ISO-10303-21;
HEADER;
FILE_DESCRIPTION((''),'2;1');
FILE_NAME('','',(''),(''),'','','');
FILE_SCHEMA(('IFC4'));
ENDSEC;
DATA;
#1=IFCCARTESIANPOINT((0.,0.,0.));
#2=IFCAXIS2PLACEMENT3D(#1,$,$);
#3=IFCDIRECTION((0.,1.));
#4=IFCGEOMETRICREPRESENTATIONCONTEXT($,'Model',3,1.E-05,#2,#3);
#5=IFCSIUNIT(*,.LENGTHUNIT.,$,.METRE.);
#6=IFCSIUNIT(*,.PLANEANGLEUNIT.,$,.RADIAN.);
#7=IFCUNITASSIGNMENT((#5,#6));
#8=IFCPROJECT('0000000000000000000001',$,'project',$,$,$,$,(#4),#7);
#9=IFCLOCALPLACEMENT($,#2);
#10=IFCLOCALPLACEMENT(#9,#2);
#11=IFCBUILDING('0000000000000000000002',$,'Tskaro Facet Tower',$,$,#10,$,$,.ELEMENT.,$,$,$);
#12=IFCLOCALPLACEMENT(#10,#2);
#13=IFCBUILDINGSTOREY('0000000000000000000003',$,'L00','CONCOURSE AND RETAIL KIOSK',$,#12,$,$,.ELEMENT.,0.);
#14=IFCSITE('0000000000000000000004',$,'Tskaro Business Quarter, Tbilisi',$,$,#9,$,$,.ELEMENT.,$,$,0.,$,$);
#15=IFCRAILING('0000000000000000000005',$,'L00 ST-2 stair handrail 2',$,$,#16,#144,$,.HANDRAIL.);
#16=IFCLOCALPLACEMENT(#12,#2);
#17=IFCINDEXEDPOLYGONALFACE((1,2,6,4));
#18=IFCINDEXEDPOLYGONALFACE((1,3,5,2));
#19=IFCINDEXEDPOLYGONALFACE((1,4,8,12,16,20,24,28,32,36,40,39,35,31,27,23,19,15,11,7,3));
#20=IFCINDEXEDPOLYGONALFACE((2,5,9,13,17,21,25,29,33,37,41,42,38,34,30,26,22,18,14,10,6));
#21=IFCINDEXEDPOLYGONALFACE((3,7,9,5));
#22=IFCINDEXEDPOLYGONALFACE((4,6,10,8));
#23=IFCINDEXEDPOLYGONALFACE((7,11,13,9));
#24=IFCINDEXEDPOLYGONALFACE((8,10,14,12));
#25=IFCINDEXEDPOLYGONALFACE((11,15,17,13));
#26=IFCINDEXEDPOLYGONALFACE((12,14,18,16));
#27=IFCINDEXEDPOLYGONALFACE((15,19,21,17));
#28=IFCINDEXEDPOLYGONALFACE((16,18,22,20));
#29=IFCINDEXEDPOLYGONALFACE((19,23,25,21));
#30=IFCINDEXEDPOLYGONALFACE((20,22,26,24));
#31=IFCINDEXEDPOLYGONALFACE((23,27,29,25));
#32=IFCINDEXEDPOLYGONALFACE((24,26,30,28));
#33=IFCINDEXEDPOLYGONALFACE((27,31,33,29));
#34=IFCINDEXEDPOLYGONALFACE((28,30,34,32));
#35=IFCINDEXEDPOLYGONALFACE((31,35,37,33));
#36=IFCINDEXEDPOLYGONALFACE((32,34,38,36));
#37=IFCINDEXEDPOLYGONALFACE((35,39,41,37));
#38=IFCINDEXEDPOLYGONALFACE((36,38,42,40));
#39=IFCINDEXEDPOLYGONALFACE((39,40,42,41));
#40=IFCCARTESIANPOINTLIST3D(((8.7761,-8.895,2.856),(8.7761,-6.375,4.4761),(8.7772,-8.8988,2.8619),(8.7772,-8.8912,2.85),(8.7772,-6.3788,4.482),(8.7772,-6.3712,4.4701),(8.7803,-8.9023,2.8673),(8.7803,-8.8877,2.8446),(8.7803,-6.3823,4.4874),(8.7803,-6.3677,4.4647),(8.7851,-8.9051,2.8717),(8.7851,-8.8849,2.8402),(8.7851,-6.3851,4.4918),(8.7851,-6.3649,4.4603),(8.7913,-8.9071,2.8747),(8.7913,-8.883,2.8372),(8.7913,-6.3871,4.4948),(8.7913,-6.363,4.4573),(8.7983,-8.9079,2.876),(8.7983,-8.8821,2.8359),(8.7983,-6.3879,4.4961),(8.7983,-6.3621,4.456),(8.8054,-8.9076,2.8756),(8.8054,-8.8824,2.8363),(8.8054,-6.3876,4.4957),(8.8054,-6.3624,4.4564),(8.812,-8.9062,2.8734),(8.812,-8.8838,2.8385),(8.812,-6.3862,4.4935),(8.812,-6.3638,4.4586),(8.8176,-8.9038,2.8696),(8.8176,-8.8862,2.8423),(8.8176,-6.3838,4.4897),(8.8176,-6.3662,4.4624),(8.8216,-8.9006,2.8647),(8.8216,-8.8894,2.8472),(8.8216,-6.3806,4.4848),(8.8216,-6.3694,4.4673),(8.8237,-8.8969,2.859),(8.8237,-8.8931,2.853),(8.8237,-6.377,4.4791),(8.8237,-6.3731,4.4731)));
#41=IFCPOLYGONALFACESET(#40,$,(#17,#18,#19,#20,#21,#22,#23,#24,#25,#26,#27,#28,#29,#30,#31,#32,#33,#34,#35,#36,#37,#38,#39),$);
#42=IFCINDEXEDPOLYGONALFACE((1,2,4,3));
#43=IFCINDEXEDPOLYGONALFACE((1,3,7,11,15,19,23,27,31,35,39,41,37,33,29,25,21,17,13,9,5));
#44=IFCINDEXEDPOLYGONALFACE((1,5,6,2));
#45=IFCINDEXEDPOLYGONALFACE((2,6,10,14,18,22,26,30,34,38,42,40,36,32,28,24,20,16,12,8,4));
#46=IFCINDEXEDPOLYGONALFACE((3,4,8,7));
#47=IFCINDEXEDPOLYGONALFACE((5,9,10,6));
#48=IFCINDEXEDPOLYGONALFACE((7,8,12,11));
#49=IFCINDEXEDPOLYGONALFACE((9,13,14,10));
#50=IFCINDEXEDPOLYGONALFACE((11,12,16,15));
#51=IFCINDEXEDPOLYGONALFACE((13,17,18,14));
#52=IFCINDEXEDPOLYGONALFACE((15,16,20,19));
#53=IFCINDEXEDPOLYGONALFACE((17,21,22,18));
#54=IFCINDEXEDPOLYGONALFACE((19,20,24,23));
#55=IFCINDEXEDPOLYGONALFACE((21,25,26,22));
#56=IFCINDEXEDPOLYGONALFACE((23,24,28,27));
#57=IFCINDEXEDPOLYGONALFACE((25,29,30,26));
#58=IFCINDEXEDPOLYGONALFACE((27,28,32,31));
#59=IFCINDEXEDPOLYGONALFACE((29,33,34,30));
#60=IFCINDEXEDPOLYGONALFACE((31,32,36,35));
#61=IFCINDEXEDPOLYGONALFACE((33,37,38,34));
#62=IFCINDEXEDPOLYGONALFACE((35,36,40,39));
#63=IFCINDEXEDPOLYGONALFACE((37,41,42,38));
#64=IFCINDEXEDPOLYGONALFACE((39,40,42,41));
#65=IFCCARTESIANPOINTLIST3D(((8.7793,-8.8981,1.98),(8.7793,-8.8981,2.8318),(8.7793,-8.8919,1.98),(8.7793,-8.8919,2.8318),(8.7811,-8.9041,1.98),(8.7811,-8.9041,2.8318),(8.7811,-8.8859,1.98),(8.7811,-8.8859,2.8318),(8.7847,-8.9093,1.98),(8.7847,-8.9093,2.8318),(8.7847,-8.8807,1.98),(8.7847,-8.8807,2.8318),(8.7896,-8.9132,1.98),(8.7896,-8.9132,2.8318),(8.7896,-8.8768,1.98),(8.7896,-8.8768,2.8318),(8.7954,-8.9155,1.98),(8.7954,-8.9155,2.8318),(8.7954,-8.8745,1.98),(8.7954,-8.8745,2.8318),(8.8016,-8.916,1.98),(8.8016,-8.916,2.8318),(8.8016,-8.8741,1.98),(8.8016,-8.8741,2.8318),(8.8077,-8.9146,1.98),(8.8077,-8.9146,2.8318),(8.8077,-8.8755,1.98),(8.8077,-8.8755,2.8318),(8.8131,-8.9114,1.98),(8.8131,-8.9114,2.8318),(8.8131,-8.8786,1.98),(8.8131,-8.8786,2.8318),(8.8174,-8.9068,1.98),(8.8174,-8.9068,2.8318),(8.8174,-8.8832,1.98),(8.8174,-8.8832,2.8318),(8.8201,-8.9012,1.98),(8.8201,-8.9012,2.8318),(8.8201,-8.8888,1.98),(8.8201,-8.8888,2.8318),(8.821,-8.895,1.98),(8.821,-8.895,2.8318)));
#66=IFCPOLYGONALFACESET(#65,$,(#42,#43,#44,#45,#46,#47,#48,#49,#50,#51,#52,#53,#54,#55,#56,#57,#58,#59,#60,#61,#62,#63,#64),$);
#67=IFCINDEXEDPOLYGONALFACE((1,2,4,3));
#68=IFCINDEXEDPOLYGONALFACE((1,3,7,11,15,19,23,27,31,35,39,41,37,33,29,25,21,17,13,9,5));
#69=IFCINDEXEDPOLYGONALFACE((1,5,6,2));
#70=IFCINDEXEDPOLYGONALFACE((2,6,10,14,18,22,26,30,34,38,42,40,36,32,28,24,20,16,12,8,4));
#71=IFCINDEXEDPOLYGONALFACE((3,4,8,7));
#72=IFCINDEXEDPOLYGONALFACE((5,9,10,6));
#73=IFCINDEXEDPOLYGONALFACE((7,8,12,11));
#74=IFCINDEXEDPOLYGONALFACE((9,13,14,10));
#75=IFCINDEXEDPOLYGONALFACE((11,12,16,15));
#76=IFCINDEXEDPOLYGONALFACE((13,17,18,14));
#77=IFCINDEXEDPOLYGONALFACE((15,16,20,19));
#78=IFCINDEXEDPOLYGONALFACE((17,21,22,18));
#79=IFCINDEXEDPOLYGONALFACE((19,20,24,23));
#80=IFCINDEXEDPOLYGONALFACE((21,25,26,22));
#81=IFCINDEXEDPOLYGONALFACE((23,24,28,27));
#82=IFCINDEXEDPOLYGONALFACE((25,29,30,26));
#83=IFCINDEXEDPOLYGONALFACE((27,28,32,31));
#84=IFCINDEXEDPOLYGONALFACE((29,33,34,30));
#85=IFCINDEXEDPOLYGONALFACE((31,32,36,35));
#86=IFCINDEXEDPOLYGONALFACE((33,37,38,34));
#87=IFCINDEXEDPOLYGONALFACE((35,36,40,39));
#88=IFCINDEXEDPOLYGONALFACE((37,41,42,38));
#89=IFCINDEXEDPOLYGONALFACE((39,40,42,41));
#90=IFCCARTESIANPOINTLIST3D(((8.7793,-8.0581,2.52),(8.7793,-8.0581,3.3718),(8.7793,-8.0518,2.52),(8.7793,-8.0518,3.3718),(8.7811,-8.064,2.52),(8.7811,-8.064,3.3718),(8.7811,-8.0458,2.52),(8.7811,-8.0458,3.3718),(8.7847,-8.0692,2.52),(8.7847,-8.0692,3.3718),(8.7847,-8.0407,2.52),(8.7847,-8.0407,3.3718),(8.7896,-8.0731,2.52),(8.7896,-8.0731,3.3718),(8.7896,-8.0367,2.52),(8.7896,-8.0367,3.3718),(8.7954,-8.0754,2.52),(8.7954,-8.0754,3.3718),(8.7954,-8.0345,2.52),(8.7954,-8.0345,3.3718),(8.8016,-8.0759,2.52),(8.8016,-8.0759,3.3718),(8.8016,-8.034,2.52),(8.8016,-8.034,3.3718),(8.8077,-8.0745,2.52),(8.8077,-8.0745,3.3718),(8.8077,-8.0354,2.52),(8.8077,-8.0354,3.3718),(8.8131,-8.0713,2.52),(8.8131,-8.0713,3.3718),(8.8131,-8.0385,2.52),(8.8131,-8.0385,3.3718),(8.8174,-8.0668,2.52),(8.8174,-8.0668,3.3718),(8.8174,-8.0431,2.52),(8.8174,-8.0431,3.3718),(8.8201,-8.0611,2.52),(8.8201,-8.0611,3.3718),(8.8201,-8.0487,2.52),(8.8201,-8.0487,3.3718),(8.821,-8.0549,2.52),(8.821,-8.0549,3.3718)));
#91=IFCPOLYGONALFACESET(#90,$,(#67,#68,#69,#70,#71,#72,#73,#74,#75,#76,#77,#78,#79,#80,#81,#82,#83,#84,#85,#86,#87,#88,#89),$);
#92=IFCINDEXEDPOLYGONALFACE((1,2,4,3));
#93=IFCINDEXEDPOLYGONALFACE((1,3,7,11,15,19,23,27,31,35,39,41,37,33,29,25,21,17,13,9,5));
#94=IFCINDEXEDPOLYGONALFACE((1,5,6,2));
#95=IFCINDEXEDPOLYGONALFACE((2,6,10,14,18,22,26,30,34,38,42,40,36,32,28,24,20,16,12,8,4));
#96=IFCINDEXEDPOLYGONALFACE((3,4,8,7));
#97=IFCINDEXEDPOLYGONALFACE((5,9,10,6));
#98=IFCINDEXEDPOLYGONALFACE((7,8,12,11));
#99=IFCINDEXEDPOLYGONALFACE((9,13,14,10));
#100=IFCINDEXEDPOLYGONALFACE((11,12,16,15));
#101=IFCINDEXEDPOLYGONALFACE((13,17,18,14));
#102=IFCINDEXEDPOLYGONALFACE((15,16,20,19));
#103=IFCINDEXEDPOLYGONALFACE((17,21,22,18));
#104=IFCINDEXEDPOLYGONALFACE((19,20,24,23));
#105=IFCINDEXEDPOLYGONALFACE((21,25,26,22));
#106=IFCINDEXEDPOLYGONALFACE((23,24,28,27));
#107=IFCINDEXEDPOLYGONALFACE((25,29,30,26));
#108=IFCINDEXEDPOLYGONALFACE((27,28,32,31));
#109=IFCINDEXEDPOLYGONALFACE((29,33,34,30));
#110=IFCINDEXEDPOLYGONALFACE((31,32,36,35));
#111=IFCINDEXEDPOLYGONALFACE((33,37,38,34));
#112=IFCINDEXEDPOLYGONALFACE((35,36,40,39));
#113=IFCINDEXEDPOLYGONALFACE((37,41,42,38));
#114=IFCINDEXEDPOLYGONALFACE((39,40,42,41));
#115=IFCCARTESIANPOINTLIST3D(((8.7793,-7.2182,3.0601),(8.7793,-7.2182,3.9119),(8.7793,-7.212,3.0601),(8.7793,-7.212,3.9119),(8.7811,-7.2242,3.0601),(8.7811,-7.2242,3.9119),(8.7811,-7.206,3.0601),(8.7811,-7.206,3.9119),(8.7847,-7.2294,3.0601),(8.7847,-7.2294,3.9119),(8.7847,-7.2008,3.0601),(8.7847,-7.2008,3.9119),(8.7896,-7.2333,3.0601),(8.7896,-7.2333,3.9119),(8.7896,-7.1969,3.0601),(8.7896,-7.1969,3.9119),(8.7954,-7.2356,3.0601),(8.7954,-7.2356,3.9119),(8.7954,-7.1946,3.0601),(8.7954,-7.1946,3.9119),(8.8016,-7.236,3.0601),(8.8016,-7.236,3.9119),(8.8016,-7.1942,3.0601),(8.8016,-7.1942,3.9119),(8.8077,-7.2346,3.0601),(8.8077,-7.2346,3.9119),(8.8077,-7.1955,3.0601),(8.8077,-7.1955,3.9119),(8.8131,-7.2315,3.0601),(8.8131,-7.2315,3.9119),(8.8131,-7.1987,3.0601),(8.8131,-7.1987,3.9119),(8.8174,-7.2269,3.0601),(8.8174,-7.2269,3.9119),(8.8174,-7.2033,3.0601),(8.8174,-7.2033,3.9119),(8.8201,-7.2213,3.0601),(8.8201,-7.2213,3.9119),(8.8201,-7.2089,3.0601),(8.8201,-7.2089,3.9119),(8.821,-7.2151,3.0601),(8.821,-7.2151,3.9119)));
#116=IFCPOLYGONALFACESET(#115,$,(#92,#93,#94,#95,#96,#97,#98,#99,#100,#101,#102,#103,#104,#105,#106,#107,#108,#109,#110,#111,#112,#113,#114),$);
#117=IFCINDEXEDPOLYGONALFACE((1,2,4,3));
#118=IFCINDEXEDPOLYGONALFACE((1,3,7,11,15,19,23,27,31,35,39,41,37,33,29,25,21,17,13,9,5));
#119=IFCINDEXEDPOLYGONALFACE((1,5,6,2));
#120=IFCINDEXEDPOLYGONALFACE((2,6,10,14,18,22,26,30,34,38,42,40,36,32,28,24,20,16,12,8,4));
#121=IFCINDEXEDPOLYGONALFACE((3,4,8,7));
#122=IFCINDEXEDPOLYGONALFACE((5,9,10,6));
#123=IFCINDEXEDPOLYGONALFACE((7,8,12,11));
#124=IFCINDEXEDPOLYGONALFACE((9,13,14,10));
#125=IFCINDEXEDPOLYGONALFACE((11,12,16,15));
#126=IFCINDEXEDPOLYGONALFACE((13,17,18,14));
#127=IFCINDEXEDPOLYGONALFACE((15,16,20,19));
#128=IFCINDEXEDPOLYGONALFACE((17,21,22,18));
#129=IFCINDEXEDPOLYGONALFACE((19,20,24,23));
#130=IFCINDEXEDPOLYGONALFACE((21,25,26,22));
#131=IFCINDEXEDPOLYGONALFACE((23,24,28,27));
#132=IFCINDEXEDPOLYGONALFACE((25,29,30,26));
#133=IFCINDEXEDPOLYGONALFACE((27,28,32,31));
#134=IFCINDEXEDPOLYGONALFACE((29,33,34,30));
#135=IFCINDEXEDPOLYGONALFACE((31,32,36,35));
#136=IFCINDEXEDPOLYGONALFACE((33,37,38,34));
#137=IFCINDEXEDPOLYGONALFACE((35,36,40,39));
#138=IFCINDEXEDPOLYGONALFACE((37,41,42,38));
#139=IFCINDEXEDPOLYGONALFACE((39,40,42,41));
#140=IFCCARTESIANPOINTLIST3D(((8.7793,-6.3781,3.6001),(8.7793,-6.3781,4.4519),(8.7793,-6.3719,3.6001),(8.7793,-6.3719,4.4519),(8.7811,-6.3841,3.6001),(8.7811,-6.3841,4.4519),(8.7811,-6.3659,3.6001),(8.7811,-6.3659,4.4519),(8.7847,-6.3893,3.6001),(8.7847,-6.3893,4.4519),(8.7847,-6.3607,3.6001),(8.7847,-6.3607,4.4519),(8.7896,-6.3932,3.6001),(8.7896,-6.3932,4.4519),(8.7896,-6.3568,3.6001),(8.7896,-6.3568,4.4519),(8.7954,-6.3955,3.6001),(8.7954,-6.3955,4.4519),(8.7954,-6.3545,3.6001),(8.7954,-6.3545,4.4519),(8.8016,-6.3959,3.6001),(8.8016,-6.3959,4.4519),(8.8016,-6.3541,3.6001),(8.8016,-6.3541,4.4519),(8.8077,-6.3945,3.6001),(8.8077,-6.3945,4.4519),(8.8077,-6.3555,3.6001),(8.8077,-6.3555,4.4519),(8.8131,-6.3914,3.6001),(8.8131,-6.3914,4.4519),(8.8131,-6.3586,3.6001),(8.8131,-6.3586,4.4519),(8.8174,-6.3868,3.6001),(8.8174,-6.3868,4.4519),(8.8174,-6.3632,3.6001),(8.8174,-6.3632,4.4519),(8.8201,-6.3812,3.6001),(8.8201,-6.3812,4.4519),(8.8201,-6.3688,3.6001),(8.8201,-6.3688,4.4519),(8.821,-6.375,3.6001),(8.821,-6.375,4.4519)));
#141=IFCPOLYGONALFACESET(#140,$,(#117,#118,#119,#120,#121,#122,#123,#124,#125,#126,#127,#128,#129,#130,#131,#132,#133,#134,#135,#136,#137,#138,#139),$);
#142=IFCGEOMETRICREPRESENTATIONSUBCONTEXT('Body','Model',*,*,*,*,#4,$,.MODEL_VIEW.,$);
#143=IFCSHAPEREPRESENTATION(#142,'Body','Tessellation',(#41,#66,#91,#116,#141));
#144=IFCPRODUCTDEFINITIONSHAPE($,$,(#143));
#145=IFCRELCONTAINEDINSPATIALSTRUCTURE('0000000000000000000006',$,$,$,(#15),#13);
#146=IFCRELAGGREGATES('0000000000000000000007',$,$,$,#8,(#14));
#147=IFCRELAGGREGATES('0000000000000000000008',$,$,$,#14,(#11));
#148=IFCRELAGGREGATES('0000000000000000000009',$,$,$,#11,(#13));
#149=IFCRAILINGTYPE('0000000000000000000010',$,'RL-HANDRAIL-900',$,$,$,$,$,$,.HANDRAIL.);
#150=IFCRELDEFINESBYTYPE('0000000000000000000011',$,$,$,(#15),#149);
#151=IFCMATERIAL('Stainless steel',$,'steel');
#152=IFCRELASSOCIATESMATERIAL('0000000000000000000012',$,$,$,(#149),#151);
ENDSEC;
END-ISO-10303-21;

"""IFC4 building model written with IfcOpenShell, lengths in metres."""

from ifc_helpers import new_model, si_unit, direction, frame, origin, origin_2d, place, context, subcontext, project, spatial, circle, extrude, material, type_object, element, save


model = new_model("IFC4")

# Units and contexts
model_context = context("Model", 3, precision=1e-05, world=origin(), true_north=direction((0.0, 1.0)))
body_context = subcontext(model_context, "Body", "Model", "MODEL_VIEW")
ifc_project = project(units=[si_unit("LENGTHUNIT", "METRE"), si_unit("PLANEANGLEUNIT", "RADIAN")], contexts=[model_context])

# Site, building, storey
site_placement = place(None, origin())
site = spatial("IfcSite", under=ifc_project, at=site_placement, Name="Tskaro Business Quarter, Tbilisi", CompositionType="ELEMENT", RefElevation=0.0)
building_placement = place(site_placement, origin())
building = spatial("IfcBuilding", under=site, at=building_placement, Name="Tskaro Facet Tower", CompositionType="ELEMENT")
storey_placement = place(building_placement, origin())
storey = spatial("IfcBuildingStorey", under=building, at=storey_placement, Name="L00", Description="CONCOURSE AND RETAIL KIOSK", CompositionType="ELEMENT", Elevation=0.0)

# Shared definitions
ifc_material_1 = material(Name="Stainless steel", Category="steel")

# Railing
railing_type = type_object("IfcRailingType", Name="RL-HANDRAIL-900", PredefinedType="HANDRAIL", material=ifc_material_1)
railing_1_placement = place(storey_placement, frame((8.8, -8.895, 1.98)))
element("IfcRailing", 1, at=railing_1_placement, inside=storey, type_object=railing_type, Name="L00 ST-2 stair handrail 2", PredefinedType="HANDRAIL", context=body_context, shape_type="SweptSolid", body=[
    extrude(circle(Radius=0.0239, at=origin_2d()), frame((0.0, 0.0, 0.876), z_axis=(0.0, 0.841163, 0.540782), x_axis=(-1.0, 0.0, 0.0)), (0.0, 0.0, 1.0), 2.9958),
    extrude(circle(Radius=0.021, at=origin_2d()), origin(), (0.0, 0.0, 1.0), 0.8518),
    extrude(circle(Radius=0.021, at=origin_2d()), frame((0.0, 0.8401, 0.54)), (0.0, 0.0, 1.0), 0.8518),
    extrude(circle(Radius=0.021, at=origin_2d()), frame((0.0, 1.6799, 1.0801)), (0.0, 0.0, 1.0), 0.8518),
    extrude(circle(Radius=0.021, at=origin_2d()), frame((0.0, 2.52, 1.6201)), (0.0, 0.0, 1.0), 0.8518),
])

save(model, "model.ifc")
